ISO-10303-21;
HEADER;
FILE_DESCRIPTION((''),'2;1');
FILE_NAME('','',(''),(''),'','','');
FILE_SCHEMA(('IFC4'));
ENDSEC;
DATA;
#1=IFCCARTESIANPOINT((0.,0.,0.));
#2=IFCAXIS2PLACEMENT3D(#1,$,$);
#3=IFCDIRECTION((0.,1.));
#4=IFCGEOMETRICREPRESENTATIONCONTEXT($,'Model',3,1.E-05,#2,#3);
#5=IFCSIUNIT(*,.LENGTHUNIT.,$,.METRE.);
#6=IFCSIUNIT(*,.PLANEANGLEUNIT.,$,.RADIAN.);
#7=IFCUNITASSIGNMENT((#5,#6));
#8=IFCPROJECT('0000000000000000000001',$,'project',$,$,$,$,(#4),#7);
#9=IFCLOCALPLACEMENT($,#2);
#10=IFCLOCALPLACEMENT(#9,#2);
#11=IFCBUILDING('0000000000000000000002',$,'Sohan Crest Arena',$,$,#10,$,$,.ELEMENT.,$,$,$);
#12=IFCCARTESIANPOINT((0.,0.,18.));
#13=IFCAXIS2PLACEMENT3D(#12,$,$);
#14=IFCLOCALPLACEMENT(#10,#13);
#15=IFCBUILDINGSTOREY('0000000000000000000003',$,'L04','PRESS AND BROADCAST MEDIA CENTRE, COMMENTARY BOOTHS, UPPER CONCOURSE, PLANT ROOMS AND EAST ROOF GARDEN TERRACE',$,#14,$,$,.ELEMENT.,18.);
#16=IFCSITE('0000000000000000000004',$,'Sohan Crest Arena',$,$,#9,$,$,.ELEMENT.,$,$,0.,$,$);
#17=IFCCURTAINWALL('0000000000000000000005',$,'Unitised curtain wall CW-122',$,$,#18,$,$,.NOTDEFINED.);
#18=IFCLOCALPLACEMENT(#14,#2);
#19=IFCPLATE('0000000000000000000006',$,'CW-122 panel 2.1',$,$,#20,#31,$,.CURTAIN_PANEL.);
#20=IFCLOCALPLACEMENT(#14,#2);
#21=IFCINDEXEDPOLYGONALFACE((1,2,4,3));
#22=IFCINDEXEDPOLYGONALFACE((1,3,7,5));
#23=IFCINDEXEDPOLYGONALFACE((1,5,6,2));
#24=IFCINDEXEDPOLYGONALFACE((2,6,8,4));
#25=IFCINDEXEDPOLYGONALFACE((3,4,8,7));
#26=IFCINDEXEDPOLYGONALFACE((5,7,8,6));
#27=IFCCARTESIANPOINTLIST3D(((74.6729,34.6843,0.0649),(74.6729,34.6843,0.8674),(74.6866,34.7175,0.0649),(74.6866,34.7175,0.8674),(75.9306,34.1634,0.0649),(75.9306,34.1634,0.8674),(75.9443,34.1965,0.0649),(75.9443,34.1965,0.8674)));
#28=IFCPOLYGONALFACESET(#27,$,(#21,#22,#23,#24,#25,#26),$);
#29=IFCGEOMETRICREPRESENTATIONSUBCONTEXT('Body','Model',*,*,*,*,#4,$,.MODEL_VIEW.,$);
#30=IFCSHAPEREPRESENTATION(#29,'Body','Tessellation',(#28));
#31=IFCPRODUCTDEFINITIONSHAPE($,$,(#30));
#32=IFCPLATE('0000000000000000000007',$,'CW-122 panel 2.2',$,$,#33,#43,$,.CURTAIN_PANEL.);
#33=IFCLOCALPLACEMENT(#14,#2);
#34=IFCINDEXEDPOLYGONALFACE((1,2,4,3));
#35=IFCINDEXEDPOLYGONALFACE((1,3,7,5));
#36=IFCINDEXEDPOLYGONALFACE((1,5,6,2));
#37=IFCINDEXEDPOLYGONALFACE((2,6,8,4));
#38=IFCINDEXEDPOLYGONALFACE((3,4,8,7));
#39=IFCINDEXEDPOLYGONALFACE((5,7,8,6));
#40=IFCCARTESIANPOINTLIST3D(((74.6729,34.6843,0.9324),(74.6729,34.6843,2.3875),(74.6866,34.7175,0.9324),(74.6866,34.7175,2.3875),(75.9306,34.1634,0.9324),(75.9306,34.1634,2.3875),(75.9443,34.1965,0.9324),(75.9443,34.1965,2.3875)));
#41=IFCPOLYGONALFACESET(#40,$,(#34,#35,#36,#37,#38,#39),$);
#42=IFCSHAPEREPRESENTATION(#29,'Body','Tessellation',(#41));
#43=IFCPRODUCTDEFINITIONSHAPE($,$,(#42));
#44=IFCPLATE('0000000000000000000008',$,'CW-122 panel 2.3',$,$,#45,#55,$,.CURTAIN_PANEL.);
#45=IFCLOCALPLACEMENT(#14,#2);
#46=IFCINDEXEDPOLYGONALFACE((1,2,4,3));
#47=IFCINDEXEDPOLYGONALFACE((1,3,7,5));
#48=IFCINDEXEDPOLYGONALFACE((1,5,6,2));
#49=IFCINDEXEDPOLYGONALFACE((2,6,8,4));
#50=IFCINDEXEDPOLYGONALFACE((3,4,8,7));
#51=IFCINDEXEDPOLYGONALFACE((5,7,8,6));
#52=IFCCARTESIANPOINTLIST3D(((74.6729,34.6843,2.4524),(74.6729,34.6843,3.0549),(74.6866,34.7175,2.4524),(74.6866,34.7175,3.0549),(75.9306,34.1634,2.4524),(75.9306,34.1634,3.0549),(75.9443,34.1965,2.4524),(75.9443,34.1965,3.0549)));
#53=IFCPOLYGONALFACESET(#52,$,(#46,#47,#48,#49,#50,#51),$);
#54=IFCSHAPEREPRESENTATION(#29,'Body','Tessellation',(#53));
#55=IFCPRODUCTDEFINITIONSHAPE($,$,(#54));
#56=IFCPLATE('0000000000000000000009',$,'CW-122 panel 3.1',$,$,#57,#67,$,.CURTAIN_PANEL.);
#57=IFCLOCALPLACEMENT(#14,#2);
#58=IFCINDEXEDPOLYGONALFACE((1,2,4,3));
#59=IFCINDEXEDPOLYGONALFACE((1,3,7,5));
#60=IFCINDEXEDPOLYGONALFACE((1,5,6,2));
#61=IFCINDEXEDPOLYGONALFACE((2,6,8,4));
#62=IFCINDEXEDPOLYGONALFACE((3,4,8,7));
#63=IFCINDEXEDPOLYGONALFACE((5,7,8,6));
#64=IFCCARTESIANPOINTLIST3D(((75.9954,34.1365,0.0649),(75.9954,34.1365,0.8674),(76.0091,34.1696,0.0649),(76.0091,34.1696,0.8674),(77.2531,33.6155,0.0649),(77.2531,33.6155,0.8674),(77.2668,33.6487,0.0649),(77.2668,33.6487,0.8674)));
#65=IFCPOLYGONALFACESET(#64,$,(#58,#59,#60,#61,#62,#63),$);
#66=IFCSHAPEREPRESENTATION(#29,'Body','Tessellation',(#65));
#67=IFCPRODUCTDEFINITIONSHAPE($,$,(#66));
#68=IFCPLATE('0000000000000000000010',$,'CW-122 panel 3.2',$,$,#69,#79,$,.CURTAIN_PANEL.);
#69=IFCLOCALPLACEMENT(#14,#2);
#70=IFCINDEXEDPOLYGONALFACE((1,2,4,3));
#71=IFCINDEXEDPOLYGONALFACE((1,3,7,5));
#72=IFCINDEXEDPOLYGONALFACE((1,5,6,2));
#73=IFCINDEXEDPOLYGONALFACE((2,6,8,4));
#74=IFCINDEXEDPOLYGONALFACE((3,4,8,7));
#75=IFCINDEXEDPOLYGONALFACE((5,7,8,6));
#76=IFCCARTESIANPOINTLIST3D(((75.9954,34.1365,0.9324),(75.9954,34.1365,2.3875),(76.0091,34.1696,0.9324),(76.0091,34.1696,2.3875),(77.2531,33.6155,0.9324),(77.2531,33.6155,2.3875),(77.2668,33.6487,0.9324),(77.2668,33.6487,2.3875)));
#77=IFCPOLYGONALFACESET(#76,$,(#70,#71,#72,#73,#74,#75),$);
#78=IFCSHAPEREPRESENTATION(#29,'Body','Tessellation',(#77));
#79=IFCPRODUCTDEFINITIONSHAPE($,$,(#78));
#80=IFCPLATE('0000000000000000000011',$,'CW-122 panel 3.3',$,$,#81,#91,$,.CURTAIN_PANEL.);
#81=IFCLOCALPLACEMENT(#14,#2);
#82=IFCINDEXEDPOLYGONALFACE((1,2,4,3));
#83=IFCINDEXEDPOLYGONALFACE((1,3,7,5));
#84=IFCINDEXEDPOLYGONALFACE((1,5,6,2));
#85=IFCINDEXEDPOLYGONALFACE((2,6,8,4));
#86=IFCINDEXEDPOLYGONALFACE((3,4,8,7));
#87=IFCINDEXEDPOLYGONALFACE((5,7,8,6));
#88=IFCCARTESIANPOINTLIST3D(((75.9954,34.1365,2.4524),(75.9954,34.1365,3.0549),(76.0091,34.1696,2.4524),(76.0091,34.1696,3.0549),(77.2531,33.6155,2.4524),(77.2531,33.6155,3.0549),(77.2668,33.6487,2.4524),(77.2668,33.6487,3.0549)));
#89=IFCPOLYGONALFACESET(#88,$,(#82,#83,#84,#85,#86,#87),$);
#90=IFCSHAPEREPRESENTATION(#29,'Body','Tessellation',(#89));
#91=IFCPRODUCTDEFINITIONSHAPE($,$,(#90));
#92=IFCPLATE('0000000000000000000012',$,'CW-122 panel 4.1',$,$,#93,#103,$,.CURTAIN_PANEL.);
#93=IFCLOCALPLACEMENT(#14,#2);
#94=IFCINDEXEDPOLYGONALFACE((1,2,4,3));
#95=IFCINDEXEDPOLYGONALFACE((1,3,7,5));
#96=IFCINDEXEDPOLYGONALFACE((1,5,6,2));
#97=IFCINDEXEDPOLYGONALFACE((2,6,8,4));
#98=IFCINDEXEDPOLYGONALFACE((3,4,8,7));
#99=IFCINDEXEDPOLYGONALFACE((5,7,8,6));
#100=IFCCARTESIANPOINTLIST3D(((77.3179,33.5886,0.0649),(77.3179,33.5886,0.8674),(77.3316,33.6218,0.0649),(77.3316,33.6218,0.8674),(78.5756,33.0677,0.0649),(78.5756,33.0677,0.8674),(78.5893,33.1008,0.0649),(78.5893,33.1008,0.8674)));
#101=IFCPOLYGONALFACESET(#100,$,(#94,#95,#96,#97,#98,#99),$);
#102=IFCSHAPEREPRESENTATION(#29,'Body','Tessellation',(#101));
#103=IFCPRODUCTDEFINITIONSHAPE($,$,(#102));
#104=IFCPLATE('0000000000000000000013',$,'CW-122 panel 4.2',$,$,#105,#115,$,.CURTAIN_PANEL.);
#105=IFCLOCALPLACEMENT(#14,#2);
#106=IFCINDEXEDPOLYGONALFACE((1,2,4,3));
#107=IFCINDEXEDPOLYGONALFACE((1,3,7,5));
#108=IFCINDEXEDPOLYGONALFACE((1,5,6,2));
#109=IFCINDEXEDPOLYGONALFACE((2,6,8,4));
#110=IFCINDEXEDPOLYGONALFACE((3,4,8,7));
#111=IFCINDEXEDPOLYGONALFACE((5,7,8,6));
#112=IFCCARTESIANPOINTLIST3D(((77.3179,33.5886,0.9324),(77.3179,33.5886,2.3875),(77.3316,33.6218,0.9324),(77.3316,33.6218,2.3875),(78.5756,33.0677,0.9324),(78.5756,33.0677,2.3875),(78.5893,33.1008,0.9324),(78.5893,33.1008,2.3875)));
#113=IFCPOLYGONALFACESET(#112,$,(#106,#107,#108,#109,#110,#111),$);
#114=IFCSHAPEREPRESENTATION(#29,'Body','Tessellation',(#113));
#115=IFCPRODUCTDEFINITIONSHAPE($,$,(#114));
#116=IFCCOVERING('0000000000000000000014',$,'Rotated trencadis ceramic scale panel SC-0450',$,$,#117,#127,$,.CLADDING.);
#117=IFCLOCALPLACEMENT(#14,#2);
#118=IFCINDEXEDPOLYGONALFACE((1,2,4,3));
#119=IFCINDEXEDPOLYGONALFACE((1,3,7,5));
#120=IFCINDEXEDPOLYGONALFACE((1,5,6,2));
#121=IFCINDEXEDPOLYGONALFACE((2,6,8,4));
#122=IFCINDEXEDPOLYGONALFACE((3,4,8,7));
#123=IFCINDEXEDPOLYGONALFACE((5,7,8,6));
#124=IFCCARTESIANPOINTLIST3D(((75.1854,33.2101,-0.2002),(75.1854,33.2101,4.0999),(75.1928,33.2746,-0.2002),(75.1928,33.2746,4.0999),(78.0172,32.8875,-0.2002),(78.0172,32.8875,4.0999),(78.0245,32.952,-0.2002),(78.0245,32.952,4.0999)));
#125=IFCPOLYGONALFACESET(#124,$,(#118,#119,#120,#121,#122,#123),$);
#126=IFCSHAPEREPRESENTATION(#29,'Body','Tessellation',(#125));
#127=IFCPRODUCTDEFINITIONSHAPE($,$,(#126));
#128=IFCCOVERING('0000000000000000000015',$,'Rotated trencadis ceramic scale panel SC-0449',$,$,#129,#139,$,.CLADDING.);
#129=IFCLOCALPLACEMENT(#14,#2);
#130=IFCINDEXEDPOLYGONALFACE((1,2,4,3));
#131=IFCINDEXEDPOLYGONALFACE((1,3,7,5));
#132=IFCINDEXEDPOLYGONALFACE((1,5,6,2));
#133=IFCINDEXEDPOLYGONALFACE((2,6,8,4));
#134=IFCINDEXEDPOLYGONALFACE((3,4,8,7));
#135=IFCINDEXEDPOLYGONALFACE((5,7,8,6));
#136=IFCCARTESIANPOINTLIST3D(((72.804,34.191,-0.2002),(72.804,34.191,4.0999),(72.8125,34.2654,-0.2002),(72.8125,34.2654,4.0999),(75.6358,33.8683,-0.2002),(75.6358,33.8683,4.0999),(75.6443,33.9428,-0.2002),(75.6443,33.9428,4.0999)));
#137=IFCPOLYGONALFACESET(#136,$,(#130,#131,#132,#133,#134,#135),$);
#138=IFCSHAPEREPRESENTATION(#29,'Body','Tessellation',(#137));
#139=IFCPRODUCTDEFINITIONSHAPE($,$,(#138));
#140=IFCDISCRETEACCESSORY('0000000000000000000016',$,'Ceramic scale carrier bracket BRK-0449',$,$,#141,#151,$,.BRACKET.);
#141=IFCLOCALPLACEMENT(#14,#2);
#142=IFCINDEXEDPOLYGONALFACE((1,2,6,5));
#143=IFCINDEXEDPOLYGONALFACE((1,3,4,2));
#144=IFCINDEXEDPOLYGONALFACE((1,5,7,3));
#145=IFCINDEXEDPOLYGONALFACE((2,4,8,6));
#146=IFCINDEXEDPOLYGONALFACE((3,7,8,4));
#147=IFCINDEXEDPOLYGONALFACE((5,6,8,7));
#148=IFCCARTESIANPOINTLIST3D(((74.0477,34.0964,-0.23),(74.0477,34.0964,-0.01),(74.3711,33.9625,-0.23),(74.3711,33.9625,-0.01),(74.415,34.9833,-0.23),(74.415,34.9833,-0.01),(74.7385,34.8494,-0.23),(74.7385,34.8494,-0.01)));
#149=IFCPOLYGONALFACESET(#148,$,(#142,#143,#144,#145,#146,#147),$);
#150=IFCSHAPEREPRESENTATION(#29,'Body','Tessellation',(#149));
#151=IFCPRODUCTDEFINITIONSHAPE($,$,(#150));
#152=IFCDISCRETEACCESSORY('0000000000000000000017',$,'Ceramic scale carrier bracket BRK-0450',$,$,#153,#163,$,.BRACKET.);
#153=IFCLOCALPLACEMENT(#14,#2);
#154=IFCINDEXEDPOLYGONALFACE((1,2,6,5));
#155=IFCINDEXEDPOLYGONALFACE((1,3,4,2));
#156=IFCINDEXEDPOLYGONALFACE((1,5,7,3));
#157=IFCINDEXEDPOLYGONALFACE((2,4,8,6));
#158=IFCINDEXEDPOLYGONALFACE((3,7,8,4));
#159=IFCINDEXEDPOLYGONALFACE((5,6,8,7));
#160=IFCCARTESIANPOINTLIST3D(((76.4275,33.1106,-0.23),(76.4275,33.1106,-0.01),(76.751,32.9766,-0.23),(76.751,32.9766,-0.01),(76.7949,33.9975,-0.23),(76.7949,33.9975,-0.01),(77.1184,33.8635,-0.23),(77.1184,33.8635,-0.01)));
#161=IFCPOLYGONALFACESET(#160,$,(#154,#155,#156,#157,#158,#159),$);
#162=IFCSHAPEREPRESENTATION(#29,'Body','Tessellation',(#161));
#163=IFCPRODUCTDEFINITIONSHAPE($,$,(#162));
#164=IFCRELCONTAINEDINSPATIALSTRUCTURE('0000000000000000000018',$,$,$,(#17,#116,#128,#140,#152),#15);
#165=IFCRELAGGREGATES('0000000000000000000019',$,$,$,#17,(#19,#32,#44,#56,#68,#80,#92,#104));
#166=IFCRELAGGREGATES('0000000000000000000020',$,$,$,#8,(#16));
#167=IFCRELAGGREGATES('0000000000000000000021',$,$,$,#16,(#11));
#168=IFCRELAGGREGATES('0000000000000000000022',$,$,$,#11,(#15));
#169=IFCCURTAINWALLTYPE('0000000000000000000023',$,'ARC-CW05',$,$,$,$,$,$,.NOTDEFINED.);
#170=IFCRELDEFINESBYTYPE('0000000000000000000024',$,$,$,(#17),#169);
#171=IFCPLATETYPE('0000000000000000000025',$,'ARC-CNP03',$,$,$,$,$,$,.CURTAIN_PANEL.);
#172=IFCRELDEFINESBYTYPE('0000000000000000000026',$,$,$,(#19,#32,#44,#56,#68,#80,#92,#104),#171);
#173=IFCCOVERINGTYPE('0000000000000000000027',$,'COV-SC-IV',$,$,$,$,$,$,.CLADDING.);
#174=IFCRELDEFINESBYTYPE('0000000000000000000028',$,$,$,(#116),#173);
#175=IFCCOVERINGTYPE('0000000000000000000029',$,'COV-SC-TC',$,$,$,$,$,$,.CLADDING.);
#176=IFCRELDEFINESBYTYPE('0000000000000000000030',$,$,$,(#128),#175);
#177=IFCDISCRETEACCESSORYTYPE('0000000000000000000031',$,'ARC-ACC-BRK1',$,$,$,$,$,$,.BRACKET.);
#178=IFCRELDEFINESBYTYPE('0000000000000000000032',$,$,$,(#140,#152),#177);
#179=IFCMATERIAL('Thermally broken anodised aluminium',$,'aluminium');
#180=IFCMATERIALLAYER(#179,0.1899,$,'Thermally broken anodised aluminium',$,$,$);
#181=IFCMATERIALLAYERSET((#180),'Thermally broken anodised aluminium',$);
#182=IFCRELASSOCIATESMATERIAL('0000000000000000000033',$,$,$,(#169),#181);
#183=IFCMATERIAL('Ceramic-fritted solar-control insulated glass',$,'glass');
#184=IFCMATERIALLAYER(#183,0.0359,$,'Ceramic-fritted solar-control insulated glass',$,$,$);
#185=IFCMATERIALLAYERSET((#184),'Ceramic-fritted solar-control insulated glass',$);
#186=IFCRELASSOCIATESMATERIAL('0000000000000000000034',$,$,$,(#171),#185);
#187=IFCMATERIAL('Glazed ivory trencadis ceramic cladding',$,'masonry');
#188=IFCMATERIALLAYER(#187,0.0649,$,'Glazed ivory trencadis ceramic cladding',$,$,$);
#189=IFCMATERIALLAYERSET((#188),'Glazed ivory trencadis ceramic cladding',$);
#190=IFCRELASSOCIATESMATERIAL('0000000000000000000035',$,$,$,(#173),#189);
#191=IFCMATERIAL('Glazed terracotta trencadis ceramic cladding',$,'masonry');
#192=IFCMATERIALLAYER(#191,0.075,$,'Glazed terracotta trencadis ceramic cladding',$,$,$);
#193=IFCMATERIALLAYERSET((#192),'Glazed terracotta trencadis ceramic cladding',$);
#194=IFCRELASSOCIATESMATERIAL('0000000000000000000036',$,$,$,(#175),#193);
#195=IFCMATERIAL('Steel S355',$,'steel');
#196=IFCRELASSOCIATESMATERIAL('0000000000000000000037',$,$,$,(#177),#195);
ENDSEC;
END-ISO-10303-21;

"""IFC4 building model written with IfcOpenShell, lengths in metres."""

from ifc_helpers import new_model, si_unit, direction, frame, origin, origin_2d, place, context, subcontext, project, spatial, rectangle, extrude, material, layer, layer_set, type_object, element, aggregate, save


model = new_model("IFC4")

# Units and contexts
model_context = context("Model", 3, precision=1e-05, world=origin(), true_north=direction((0.0, 1.0)))
body_context = subcontext(model_context, "Body", "Model", "MODEL_VIEW")
ifc_project = project(units=[si_unit("LENGTHUNIT", "METRE"), si_unit("PLANEANGLEUNIT", "RADIAN")], contexts=[model_context])

# Site, building, storey
site_placement = place(None, origin())
site = spatial("IfcSite", under=ifc_project, at=site_placement, Name="Sohan Crest Arena", CompositionType="ELEMENT", RefElevation=0.0)
building_placement = place(site_placement, origin())
building = spatial("IfcBuilding", under=site, at=building_placement, Name="Sohan Crest Arena", CompositionType="ELEMENT")
storey_placement = place(building_placement, frame((0.0, 0.0, 18.0)))
storey = spatial("IfcBuildingStorey", under=building, at=storey_placement, Name="L04", Description="PRESS AND BROADCAST MEDIA CENTRE, COMMENTARY BOOTHS, UPPER CONCOURSE, PLANT ROOMS AND EAST ROOF GARDEN TERRACE", CompositionType="ELEMENT", Elevation=18.0)

# Curtain wall, plates
ifc_material_1 = material(Name="Thermally broken anodised aluminium", Category="aluminium")
ifc_layer_1 = layer(ifc_material_1, 0.1899, Name="Thermally broken anodised aluminium")
ifc_layer_set_1 = layer_set([ifc_layer_1], Name="Thermally broken anodised aluminium")
curtain_wall_type = type_object("IfcCurtainWallType", Name="ARC-CW05", PredefinedType="NOTDEFINED", material=ifc_layer_set_1)
curtain_wall_placement = place(storey_placement, origin())
curtain_wall = element("IfcCurtainWall", 1, at=curtain_wall_placement, inside=storey, type_object=curtain_wall_type, Name="Unitised curtain wall CW-122", PredefinedType="NOTDEFINED")
ifc_material_2 = material(Name="Ceramic-fritted solar-control insulated glass", Category="glass")
ifc_layer_2 = layer(ifc_material_2, 0.0359, Name="Ceramic-fritted solar-control insulated glass")
ifc_layer_set_2 = layer_set([ifc_layer_2], Name="Ceramic-fritted solar-control insulated glass")
plate_type = type_object("IfcPlateType", Name="ARC-CNP03", PredefinedType="CURTAIN_PANEL", material=ifc_layer_set_2)
plate_1_placement = place(storey_placement, frame((75.3086, 34.4404, 0.0649), z_axis=(0.0, 0.0, 1.0), x_axis=(0.923879, -0.382685, 0.0)))
plate_1 = element("IfcPlate", 2, at=plate_1_placement, type_object=plate_type, Name="CW-122 panel 2.1", PredefinedType="CURTAIN_PANEL", context=body_context, shape_type="SweptSolid", body=[
    extrude(rectangle(XDim=1.3613, YDim=0.0359, at=origin_2d()), origin(), (0.0, 0.0, 1.0), 0.8025),
])
plate_2_placement = place(storey_placement, frame((75.3086, 34.4404, 0.9324), z_axis=(0.0, 0.0, 1.0), x_axis=(0.923879, -0.382685, 0.0)))
plate_2 = element("IfcPlate", 3, at=plate_2_placement, type_object=plate_type, Name="CW-122 panel 2.2", PredefinedType="CURTAIN_PANEL", context=body_context, shape_type="SweptSolid", body=[
    extrude(rectangle(XDim=1.3613, YDim=0.0359, at=origin_2d()), origin(), (0.0, 0.0, 1.0), 1.4551),
])
plate_3_placement = place(storey_placement, frame((75.3086, 34.4404, 2.4524), z_axis=(0.0, 0.0, 1.0), x_axis=(0.923879, -0.382685, 0.0)))
plate_3 = element("IfcPlate", 4, at=plate_3_placement, type_object=plate_type, Name="CW-122 panel 2.3", PredefinedType="CURTAIN_PANEL", context=body_context, shape_type="SweptSolid", body=[
    extrude(rectangle(XDim=1.3613, YDim=0.0359, at=origin_2d()), origin(), (0.0, 0.0, 1.0), 0.6025),
])
plate_4_placement = place(storey_placement, frame((76.6311, 33.8926, 0.0649), z_axis=(0.0, 0.0, 1.0), x_axis=(0.923879, -0.382685, 0.0)))
plate_4 = element("IfcPlate", 5, at=plate_4_placement, type_object=plate_type, Name="CW-122 panel 3.1", PredefinedType="CURTAIN_PANEL", context=body_context, shape_type="SweptSolid", body=[
    extrude(rectangle(XDim=1.3613, YDim=0.0359, at=origin_2d()), origin(), (0.0, 0.0, 1.0), 0.8025),
])
plate_5_placement = place(storey_placement, frame((76.6311, 33.8926, 0.9324), z_axis=(0.0, 0.0, 1.0), x_axis=(0.923879, -0.382685, 0.0)))
plate_5 = element("IfcPlate", 6, at=plate_5_placement, type_object=plate_type, Name="CW-122 panel 3.2", PredefinedType="CURTAIN_PANEL", context=body_context, shape_type="SweptSolid", body=[
    extrude(rectangle(XDim=1.3613, YDim=0.0359, at=origin_2d()), origin(), (0.0, 0.0, 1.0), 1.4551),
])
plate_6_placement = place(storey_placement, frame((76.6311, 33.8926, 2.4524), z_axis=(0.0, 0.0, 1.0), x_axis=(0.923879, -0.382685, 0.0)))
plate_6 = element("IfcPlate", 7, at=plate_6_placement, type_object=plate_type, Name="CW-122 panel 3.3", PredefinedType="CURTAIN_PANEL", context=body_context, shape_type="SweptSolid", body=[
    extrude(rectangle(XDim=1.3613, YDim=0.0359, at=origin_2d()), origin(), (0.0, 0.0, 1.0), 0.6025),
])
plate_7_placement = place(storey_placement, frame((77.9536, 33.3447, 0.0649), z_axis=(0.0, 0.0, 1.0), x_axis=(0.923879, -0.382685, 0.0)))
plate_7 = element("IfcPlate", 8, at=plate_7_placement, type_object=plate_type, Name="CW-122 panel 4.1", PredefinedType="CURTAIN_PANEL", context=body_context, shape_type="SweptSolid", body=[
    extrude(rectangle(XDim=1.3613, YDim=0.0359, at=origin_2d()), origin(), (0.0, 0.0, 1.0), 0.8025),
])
plate_8_placement = place(storey_placement, frame((77.9536, 33.3447, 0.9324), z_axis=(0.0, 0.0, 1.0), x_axis=(0.923879, -0.382685, 0.0)))
plate_8 = element("IfcPlate", 9, at=plate_8_placement, type_object=plate_type, Name="CW-122 panel 4.2", PredefinedType="CURTAIN_PANEL", context=body_context, shape_type="SweptSolid", body=[
    extrude(rectangle(XDim=1.3613, YDim=0.0359, at=origin_2d()), origin(), (0.0, 0.0, 1.0), 1.4551),
])
aggregate(curtain_wall, [plate_1, plate_2, plate_3, plate_4, plate_5, plate_6, plate_7, plate_8])

# Coverings
ifc_material_3 = material(Name="Glazed ivory trencadis ceramic cladding", Category="masonry")
ifc_layer_3 = layer(ifc_material_3, 0.0649, Name="Glazed ivory trencadis ceramic cladding")
ifc_layer_set_3 = layer_set([ifc_layer_3], Name="Glazed ivory trencadis ceramic cladding")
covering_type_1 = type_object("IfcCoveringType", Name="COV-SC-IV", PredefinedType="CLADDING", material=ifc_layer_set_3)
covering_1_placement = place(storey_placement, frame((76.605, 33.0811, -0.2002), z_axis=(0.0, 0.0, 1.0), x_axis=(0.993572, -0.113203, 0.0)))
element("IfcCovering", 10, at=covering_1_placement, inside=storey, type_object=covering_type_1, Name="Rotated trencadis ceramic scale panel SC-0450", PredefinedType="CLADDING", context=body_context, shape_type="SweptSolid", body=[
    extrude(rectangle(XDim=2.8501, YDim=0.0649, at=origin_2d()), origin(), (0.0, 0.0, 1.0), 4.3),
])
ifc_material_4 = material(Name="Glazed terracotta trencadis ceramic cladding", Category="masonry")
ifc_layer_4 = layer(ifc_material_4, 0.075, Name="Glazed terracotta trencadis ceramic cladding")
ifc_layer_set_4 = layer_set([ifc_layer_4], Name="Glazed terracotta trencadis ceramic cladding")
covering_type_2 = type_object("IfcCoveringType", Name="COV-SC-TC", PredefinedType="CLADDING", material=ifc_layer_set_4)
covering_2_placement = place(storey_placement, frame((74.2241, 34.0669, -0.2002), z_axis=(0.0, 0.0, 1.0), x_axis=(0.993572, -0.113203, 0.0)))
element("IfcCovering", 11, at=covering_2_placement, inside=storey, type_object=covering_type_2, Name="Rotated trencadis ceramic scale panel SC-0449", PredefinedType="CLADDING", context=body_context, shape_type="SweptSolid", body=[
    extrude(rectangle(XDim=2.8501, YDim=0.075, at=origin_2d()), origin(), (0.0, 0.0, 1.0), 4.3),
])

# Discrete accessories
ifc_material_5 = material(Name="Steel S355", Category="steel")
discrete_accessory_type = type_object("IfcDiscreteAccessoryType", Name="ARC-ACC-BRK1", PredefinedType="BRACKET", material=ifc_material_5)
for number, where, z_axis, x_axis, name in (
    (12, (74.3931, 34.4729, -0.23), (0.0, 0.0, 1.0), (0.92388, -0.382683, 0.0), "Ceramic scale carrier bracket BRK-0449"),
    (13, (76.7729, 33.4871, -0.23), (0.0, 0.0, 1.0), (0.92388, -0.382683, 0.0), "Ceramic scale carrier bracket BRK-0450"),
):
    element("IfcDiscreteAccessory", number, at=place(storey_placement, frame(where, z_axis=z_axis, x_axis=x_axis)), inside=storey, type_object=discrete_accessory_type, Name=name, PredefinedType="BRACKET", context=body_context, shape_type="SweptSolid", body=[
        extrude(rectangle(XDim=0.3501, YDim=0.96, at=origin_2d()), origin(), (0.0, 0.0, 1.0), 0.22),
    ])

save(model, "model.ifc")
